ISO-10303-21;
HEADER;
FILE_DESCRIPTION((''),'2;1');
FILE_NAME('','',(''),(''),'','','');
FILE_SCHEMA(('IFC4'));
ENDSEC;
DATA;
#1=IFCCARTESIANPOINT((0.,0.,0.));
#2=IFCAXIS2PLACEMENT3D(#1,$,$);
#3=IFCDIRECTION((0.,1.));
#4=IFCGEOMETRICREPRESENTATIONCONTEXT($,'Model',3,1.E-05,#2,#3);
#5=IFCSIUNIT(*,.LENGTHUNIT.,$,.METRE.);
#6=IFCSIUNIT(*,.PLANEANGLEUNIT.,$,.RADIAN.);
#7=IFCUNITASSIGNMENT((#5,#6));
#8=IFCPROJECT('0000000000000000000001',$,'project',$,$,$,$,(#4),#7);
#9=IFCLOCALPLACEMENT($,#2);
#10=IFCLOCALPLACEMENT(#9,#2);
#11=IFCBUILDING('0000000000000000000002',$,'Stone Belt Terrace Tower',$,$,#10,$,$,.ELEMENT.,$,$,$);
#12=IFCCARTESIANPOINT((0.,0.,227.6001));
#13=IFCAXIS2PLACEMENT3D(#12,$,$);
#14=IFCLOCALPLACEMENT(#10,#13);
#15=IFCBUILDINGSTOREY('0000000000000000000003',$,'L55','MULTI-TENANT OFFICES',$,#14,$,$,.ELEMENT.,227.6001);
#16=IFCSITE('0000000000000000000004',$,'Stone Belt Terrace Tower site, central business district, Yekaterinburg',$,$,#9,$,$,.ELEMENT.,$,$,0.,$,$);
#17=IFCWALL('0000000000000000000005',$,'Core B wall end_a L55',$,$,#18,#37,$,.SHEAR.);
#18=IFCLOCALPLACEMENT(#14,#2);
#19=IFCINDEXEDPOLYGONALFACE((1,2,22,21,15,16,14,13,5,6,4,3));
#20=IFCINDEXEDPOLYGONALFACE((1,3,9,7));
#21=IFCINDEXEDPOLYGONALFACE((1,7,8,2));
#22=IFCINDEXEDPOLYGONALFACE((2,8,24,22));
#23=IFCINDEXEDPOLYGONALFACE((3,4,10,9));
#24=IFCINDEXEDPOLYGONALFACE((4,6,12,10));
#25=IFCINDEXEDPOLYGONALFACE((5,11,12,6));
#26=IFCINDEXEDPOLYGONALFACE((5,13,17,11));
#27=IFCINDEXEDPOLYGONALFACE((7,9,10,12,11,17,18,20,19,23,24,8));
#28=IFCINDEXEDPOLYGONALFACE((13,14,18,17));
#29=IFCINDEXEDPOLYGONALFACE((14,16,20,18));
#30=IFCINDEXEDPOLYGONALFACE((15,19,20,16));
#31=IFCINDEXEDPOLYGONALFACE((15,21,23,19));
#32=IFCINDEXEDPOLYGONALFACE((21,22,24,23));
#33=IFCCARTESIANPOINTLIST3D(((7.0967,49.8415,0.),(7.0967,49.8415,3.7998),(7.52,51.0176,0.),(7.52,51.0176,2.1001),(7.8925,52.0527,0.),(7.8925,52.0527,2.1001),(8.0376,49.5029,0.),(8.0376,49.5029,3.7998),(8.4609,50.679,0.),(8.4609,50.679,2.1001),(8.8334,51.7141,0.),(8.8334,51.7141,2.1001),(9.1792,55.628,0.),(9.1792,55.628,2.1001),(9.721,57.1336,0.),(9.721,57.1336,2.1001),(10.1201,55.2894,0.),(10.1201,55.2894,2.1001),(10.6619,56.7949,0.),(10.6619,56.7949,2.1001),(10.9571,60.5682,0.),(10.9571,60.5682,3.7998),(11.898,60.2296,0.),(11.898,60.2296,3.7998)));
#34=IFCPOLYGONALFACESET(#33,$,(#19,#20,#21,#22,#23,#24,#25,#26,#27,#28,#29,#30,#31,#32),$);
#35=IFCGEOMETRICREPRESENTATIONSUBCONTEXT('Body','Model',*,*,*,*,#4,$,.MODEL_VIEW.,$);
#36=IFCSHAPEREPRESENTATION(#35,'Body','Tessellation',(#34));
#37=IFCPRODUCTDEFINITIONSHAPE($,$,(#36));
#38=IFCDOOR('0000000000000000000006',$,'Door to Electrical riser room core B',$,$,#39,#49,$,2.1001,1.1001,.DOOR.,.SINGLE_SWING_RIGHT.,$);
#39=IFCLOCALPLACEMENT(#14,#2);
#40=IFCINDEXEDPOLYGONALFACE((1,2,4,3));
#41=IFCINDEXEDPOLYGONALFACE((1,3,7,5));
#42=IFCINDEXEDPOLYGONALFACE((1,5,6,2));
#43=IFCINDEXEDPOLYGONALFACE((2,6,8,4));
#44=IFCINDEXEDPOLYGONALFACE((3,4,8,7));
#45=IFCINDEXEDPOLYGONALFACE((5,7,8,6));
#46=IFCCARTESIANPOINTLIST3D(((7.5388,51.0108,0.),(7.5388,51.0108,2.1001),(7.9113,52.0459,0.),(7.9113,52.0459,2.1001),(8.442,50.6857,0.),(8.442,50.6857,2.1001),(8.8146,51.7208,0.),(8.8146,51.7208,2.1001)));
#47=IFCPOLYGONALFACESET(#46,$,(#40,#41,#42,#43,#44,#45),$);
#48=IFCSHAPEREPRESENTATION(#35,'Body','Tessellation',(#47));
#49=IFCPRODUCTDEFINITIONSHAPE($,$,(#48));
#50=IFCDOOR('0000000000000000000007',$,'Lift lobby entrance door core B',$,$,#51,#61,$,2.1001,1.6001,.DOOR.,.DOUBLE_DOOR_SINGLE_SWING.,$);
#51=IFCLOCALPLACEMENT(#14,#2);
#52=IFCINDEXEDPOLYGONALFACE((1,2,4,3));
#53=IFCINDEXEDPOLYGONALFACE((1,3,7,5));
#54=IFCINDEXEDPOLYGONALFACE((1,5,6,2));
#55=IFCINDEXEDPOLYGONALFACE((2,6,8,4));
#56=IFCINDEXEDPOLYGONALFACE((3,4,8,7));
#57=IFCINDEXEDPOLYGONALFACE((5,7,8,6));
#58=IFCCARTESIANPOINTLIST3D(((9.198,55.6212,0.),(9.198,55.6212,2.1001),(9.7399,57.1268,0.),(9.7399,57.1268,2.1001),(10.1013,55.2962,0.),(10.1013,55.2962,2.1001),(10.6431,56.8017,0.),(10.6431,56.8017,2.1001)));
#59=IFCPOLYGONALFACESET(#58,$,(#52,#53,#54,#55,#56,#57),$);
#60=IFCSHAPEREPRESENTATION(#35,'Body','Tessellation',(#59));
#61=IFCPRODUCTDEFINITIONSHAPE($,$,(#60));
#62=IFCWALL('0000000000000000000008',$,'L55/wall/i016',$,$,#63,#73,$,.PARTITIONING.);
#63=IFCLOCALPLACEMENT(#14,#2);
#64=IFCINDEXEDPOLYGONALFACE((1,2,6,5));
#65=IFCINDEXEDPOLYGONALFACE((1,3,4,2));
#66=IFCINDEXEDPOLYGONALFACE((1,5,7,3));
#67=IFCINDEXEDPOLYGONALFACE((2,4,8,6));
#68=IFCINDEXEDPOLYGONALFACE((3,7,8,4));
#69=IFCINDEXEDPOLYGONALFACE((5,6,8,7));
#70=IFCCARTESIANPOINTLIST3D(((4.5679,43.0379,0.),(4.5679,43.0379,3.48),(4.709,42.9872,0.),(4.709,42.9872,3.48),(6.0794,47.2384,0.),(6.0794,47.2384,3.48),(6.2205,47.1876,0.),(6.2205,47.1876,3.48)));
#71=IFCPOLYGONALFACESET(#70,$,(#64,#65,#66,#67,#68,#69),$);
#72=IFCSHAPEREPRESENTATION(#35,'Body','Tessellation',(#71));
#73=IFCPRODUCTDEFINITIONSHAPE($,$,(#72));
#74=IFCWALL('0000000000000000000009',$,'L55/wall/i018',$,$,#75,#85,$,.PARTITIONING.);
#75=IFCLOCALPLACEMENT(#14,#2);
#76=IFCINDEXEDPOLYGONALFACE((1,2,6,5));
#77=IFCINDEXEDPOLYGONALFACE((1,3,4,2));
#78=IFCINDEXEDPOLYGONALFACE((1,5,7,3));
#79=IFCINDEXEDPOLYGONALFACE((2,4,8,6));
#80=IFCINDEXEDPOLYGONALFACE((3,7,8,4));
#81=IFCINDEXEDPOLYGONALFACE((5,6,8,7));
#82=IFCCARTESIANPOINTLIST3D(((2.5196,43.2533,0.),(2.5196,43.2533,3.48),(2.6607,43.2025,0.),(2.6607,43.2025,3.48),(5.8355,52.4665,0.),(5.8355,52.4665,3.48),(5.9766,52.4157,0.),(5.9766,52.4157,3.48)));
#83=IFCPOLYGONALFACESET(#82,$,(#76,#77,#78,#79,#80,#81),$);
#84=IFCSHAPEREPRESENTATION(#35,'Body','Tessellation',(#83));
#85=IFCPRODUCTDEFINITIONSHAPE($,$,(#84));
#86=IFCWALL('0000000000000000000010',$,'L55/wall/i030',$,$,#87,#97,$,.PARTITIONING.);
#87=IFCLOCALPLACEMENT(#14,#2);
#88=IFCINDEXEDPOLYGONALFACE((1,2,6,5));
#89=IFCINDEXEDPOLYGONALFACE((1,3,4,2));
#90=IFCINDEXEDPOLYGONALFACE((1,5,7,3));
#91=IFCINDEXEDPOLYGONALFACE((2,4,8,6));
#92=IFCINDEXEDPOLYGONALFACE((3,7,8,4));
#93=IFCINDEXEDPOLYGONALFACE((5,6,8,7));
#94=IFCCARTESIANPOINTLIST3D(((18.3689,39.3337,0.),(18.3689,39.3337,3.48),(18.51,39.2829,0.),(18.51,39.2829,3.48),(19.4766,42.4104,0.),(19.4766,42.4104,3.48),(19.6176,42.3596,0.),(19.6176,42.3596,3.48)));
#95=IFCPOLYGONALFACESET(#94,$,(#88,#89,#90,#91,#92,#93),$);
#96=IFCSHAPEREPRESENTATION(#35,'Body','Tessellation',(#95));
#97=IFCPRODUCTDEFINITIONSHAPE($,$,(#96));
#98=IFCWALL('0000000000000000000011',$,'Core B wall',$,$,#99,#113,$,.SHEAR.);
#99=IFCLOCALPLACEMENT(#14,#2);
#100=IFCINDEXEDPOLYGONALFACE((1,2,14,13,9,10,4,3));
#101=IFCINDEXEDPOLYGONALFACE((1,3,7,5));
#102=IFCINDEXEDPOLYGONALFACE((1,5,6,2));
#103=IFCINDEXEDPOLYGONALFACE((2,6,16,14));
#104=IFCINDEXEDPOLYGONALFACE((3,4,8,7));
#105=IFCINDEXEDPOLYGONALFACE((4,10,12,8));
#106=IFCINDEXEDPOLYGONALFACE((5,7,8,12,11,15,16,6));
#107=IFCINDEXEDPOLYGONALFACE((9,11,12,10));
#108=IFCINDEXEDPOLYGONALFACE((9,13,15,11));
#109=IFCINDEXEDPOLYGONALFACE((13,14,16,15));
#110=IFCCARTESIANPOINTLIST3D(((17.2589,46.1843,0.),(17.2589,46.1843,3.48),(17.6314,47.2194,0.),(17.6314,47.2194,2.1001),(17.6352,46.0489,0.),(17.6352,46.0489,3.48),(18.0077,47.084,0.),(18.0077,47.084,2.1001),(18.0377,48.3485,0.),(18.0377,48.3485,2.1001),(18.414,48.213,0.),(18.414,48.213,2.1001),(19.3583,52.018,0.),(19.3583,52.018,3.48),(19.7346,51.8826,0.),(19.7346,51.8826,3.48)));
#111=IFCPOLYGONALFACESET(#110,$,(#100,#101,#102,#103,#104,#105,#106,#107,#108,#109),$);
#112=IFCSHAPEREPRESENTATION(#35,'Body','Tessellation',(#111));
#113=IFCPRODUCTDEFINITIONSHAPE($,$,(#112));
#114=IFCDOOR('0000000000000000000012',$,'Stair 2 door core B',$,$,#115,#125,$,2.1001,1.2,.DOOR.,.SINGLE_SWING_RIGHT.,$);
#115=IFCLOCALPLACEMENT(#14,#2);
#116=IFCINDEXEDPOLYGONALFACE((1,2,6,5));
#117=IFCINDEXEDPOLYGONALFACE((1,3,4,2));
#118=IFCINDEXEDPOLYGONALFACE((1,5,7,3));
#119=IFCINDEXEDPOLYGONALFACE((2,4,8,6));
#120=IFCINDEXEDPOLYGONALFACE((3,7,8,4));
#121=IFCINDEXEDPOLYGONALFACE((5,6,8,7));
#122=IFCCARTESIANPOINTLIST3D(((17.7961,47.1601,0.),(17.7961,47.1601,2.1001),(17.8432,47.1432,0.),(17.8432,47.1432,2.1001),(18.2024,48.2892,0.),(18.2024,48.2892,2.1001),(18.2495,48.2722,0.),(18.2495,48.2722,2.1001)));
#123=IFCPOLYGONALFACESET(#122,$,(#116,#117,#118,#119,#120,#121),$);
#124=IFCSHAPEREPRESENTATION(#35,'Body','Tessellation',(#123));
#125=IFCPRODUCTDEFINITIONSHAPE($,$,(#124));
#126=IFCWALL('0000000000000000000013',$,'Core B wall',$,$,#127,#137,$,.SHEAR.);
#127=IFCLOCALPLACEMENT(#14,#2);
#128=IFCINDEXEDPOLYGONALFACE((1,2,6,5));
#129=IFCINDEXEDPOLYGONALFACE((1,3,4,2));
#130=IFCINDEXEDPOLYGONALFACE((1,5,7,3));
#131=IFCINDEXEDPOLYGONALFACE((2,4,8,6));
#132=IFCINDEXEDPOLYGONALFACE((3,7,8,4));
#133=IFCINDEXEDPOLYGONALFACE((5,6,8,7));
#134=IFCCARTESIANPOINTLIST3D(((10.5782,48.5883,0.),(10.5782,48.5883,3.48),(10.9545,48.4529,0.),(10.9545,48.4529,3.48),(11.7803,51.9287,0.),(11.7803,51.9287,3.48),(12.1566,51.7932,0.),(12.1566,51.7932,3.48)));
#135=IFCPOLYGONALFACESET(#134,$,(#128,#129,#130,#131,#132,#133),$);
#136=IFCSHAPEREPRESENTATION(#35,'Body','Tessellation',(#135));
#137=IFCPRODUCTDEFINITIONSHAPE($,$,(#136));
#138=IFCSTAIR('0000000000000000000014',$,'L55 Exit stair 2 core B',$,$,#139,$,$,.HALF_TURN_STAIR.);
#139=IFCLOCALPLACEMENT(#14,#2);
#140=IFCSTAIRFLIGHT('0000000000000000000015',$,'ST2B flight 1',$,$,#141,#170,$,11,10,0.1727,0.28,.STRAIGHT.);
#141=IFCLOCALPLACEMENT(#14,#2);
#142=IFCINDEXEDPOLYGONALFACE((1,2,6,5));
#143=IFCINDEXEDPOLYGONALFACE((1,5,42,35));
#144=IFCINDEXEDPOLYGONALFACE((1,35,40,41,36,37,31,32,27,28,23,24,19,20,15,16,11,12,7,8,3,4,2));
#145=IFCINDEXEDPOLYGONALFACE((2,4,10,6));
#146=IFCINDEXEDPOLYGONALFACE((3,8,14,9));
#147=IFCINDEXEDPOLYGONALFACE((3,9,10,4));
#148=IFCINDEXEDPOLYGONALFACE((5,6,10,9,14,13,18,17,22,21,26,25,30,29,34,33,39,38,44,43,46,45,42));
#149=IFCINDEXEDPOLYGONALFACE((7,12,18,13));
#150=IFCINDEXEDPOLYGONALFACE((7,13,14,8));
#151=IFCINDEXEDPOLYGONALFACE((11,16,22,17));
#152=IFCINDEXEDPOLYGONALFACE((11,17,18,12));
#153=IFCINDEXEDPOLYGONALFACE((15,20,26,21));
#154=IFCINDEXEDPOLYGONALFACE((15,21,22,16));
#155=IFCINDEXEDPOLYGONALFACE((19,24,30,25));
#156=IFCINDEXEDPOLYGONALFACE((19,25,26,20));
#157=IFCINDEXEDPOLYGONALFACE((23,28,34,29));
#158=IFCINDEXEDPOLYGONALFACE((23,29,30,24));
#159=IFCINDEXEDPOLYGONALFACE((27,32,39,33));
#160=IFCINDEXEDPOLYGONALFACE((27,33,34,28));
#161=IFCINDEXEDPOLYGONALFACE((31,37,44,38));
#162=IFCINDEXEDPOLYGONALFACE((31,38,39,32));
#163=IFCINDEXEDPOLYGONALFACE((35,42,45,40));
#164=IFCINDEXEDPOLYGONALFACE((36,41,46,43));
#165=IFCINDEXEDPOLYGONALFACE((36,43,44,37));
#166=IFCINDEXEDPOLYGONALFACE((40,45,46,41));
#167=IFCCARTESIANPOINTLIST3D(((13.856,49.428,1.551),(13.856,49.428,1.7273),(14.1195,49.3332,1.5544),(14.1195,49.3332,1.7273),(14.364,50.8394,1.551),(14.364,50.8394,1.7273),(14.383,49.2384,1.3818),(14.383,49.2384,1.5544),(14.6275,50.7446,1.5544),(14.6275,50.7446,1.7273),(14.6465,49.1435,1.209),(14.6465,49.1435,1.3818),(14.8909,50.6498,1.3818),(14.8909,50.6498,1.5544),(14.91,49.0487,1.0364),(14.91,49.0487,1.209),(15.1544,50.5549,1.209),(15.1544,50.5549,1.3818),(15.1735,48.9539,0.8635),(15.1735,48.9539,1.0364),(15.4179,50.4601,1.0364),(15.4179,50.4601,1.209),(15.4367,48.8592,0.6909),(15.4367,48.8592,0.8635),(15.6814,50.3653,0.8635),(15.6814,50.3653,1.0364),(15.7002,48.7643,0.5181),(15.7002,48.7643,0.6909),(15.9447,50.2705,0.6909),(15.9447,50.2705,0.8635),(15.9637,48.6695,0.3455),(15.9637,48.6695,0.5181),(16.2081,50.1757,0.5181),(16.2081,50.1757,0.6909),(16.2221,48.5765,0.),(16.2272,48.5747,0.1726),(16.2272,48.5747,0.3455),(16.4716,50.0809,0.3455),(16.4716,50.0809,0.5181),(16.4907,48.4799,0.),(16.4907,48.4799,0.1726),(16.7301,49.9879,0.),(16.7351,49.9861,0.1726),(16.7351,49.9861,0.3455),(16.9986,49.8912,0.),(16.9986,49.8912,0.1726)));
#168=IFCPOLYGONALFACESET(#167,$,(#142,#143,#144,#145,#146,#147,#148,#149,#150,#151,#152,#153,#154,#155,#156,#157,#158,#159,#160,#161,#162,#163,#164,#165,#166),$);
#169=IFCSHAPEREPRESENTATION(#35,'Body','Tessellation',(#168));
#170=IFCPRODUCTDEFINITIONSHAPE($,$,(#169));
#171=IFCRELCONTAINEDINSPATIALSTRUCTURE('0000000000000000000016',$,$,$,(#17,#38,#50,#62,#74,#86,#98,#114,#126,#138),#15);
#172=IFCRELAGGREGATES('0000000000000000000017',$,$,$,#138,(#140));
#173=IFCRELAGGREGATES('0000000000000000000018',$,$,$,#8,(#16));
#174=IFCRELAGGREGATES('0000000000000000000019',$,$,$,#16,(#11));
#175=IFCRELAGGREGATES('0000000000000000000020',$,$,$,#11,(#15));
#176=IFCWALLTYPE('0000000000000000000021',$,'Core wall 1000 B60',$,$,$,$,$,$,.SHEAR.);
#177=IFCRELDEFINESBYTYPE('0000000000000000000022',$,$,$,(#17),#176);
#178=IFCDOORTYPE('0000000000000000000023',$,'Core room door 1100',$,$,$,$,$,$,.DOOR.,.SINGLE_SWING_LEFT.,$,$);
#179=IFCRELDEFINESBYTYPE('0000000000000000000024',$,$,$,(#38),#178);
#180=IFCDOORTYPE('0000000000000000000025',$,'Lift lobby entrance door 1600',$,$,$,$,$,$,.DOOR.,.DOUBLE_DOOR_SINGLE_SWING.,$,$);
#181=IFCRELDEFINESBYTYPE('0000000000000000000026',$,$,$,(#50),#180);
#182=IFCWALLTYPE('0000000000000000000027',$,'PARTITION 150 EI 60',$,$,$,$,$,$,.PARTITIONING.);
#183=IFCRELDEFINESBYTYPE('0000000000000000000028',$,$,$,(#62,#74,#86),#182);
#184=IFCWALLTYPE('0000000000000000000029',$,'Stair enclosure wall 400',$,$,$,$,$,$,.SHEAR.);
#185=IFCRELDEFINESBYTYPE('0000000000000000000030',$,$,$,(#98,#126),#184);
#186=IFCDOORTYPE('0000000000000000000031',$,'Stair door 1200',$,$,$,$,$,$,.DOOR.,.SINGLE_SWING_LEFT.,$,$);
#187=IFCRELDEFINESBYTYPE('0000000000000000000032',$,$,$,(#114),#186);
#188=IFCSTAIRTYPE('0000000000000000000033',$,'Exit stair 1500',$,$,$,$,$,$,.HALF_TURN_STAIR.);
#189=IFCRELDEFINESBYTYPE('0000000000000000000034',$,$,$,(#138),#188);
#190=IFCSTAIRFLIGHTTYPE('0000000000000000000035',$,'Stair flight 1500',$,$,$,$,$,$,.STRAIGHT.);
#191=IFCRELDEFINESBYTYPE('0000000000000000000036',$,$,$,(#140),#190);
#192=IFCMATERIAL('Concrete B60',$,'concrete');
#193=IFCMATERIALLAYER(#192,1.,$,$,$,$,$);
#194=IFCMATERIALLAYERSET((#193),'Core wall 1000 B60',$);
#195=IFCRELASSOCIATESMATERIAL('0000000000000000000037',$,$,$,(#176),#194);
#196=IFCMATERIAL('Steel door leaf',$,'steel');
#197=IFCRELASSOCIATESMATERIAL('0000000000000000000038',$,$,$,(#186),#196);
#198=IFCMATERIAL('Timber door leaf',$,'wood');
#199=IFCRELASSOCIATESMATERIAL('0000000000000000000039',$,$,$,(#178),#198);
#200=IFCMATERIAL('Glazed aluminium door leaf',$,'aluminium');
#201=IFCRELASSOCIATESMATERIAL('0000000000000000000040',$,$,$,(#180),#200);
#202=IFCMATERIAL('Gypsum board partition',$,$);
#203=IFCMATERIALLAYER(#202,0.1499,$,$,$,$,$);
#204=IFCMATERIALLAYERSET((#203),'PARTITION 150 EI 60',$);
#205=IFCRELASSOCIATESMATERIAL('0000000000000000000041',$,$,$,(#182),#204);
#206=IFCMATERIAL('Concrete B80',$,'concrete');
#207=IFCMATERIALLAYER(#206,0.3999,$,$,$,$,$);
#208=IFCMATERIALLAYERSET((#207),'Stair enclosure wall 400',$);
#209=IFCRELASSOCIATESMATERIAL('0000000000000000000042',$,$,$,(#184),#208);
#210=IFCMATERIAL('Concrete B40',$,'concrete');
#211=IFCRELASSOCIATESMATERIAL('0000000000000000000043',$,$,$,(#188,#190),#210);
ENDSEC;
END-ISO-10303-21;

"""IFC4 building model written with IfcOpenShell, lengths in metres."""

from ifc_helpers import new_model, si_unit, direction, frame, frame_2d, origin, place, context, subcontext, project, spatial, polyline, rectangle, outline, extrude, material, layer, layer_set, type_object, element, fill, aggregate, save


model = new_model("IFC4")

# Units and contexts
model_context = context("Model", 3, precision=1e-05, world=origin(), true_north=direction((0.0, 1.0)))
body_context = subcontext(model_context, "Body", "Model", "MODEL_VIEW")
ifc_project = project(units=[si_unit("LENGTHUNIT", "METRE"), si_unit("PLANEANGLEUNIT", "RADIAN")], contexts=[model_context])

# Site, building, storey
site_placement = place(None, origin())
site = spatial("IfcSite", under=ifc_project, at=site_placement, Name="Stone Belt Terrace Tower site, central business district, Yekaterinburg", CompositionType="ELEMENT", RefElevation=0.0)
building_placement = place(site_placement, origin())
building = spatial("IfcBuilding", under=site, at=building_placement, Name="Stone Belt Terrace Tower", CompositionType="ELEMENT")
storey_placement = place(building_placement, frame((0.0, 0.0, 227.6001)))
storey = spatial("IfcBuildingStorey", under=building, at=storey_placement, Name="L55", Description="MULTI-TENANT OFFICES", CompositionType="ELEMENT", Elevation=227.6001)

# Shared definitions
ifc_material_1 = material(Name="Concrete B60", Category="concrete")

# Wall, openings, doors
ifc_layer_1 = layer(ifc_material_1, 1.0)
ifc_layer_set_1 = layer_set([ifc_layer_1], Name="Core wall 1000 B60")
wall_type_1 = type_object("IfcWallType", Name="Core wall 1000 B60", PredefinedType="SHEAR", material=ifc_layer_set_1)
ifc_material_2 = material(Name="Steel door leaf", Category="steel")
door_type_1 = type_object("IfcDoorType", Name="Stair door 1200", OperationType="SINGLE_SWING_LEFT", PredefinedType="DOOR", material=ifc_material_2)
wall_1_placement = place(storey_placement, frame((7.5671, 49.6721, 0.0), z_axis=(0.0, 0.0, 1.0), x_axis=(0.338625, 0.940921, 0.0)))
wall_1 = element("IfcWall", 1, at=wall_1_placement, inside=storey, type_object=wall_type_1, Name="Core B wall end_a L55", PredefinedType="SHEAR", context=body_context, shape_type="SweptSolid", body=[
    extrude(rectangle(XDim=11.4001, YDim=1.0, at=frame_2d((5.7002, 0.0))), origin(), (0.0, 0.0, 1.0), 3.7998),
])
opening_1_placement = place(wall_1_placement, frame((6.1499, 0.0, 0.0)))
opening_1 = element("IfcOpeningElement", 2, at=opening_1_placement, cuts=wall_1, PredefinedType="OPENING", context=body_context, shape_type="SweptSolid", body=[
    extrude(rectangle(XDim=1.6001, YDim=2.1001, at=frame_2d((0.8, 1.05))), frame((0.0, 0.51, 0.0), z_axis=(0.0, -1.0, 0.0), x_axis=(1.0, 0.0, 0.0)), (0.0, 0.0, 1.0), 1.02),
])
opening_2_placement = place(wall_1_placement, frame((1.25, 0.0, 0.0)))
opening_2 = element("IfcOpeningElement", 3, at=opening_2_placement, cuts=wall_1, PredefinedType="OPENING", context=body_context, shape_type="SweptSolid", body=[
    extrude(rectangle(XDim=1.1001, YDim=2.1001, at=frame_2d((0.55, 1.05))), frame((0.0, 0.51, 0.0), z_axis=(0.0, -1.0, 0.0), x_axis=(1.0, 0.0, 0.0)), (0.0, 0.0, 1.0), 1.02),
])
ifc_material_3 = material(Name="Timber door leaf", Category="wood")
door_type_2 = type_object("IfcDoorType", Name="Core room door 1100", OperationType="SINGLE_SWING_LEFT", PredefinedType="DOOR", material=ifc_material_3)
door_1_placement = place(opening_2_placement, origin())
door_1 = element("IfcDoor", 4, at=door_1_placement, inside=storey, type_object=door_type_2, Name="Door to Electrical riser room core B", OperationType="SINGLE_SWING_RIGHT", OverallHeight=2.1001, OverallWidth=1.1001, PredefinedType="DOOR", context=body_context, shape_type="SweptSolid", body=[
    extrude(rectangle(XDim=1.1001, YDim=2.1001, at=frame_2d((0.55, 1.05))), frame((0.0, 0.48, 0.0), z_axis=(0.0, -1.0, 0.0), x_axis=(1.0, 0.0, 0.0)), (0.0, 0.0, 1.0), 0.96),
])
fill(opening_2, door_1)
ifc_material_4 = material(Name="Glazed aluminium door leaf", Category="aluminium")
door_type_3 = type_object("IfcDoorType", Name="Lift lobby entrance door 1600", OperationType="DOUBLE_DOOR_SINGLE_SWING", PredefinedType="DOOR", material=ifc_material_4)
door_2_placement = place(opening_1_placement, origin())
door_2 = element("IfcDoor", 5, at=door_2_placement, inside=storey, type_object=door_type_3, Name="Lift lobby entrance door core B", OperationType="DOUBLE_DOOR_SINGLE_SWING", OverallHeight=2.1001, OverallWidth=1.6001, PredefinedType="DOOR", context=body_context, shape_type="SweptSolid", body=[
    extrude(rectangle(XDim=1.6001, YDim=2.1001, at=frame_2d((0.8, 1.05))), frame((0.0, 0.48, 0.0), z_axis=(0.0, -1.0, 0.0), x_axis=(1.0, 0.0, 0.0)), (0.0, 0.0, 1.0), 0.96),
])
fill(opening_1, door_2)

# Walls
ifc_material_5 = material(Name="Gypsum board partition")
ifc_layer_2 = layer(ifc_material_5, 0.1499)
ifc_layer_set_2 = layer_set([ifc_layer_2], Name="PARTITION 150 EI 60")
wall_type_2 = type_object("IfcWallType", Name="PARTITION 150 EI 60", PredefinedType="PARTITIONING", material=ifc_layer_set_2)
wall_2_placement = place(storey_placement, frame((6.1499, 47.2129, 0.0), z_axis=(0.0, 0.0, 1.0), x_axis=(-0.338584, -0.940936, 0.0)))
element("IfcWall", 6, at=wall_2_placement, inside=storey, type_object=wall_type_2, Name="L55/wall/i016", PredefinedType="PARTITIONING", context=body_context, shape_type="SweptSolid", body=[
    extrude(rectangle(XDim=4.4641, YDim=0.1499, at=frame_2d((2.2319, 0.0))), origin(), (0.0, 0.0, 1.0), 3.48),
])
wall_3_placement = place(storey_placement, frame((2.5901, 43.2278, 0.0), z_axis=(0.0, 0.0, 1.0), x_axis=(0.338646, 0.940914, 0.0)))
element("IfcWall", 7, at=wall_3_placement, inside=storey, type_object=wall_type_2, Name="L55/wall/i018", PredefinedType="PARTITIONING", context=body_context, shape_type="SweptSolid", body=[
    extrude(rectangle(XDim=9.7917, YDim=0.1499, at=frame_2d((4.896, 0.0))), origin(), (0.0, 0.0, 1.0), 3.48),
])
wall_4_placement = place(storey_placement, frame((19.5471, 42.385, 0.0), z_axis=(0.0, 0.0, 1.0), x_axis=(-0.338738, -0.940881, 0.0)))
element("IfcWall", 8, at=wall_4_placement, inside=storey, type_object=wall_type_2, Name="L55/wall/i030", PredefinedType="PARTITIONING", context=body_context, shape_type="SweptSolid", body=[
    extrude(rectangle(XDim=3.27, YDim=0.1499, at=frame_2d((1.635, 0.0))), origin(), (0.0, 0.0, 1.0), 3.48),
])

# Wall, opening, door
ifc_material_6 = material(Name="Concrete B80", Category="concrete")
ifc_layer_3 = layer(ifc_material_6, 0.3999)
ifc_layer_set_3 = layer_set([ifc_layer_3], Name="Stair enclosure wall 400")
wall_type_3 = type_object("IfcWallType", Name="Stair enclosure wall 400", PredefinedType="SHEAR", material=ifc_layer_set_3)
wall_5_placement = place(storey_placement, frame((17.447, 46.1165, 0.0), z_axis=(0.0, 0.0, 1.0), x_axis=(0.338608, 0.940928, 0.0)))
wall_5 = element("IfcWall", 9, at=wall_5_placement, inside=storey, type_object=wall_type_3, Name="Core B wall", PredefinedType="SHEAR", context=body_context, shape_type="SweptSolid", body=[
    extrude(rectangle(XDim=6.2, YDim=0.3999, at=frame_2d((3.1001, 0.0))), origin(), (0.0, 0.0, 1.0), 3.48),
])
opening_3_placement = place(wall_5_placement, frame((1.1001, 0.0, 0.0)))
opening_3 = element("IfcOpeningElement", 10, at=opening_3_placement, cuts=wall_5, PredefinedType="OPENING", context=body_context, shape_type="SweptSolid", body=[
    extrude(rectangle(XDim=1.2, YDim=2.1001, at=frame_2d((0.6001, 1.05))), frame((0.0, 0.21, 0.0), z_axis=(0.0, -1.0, 0.0), x_axis=(1.0, 0.0, 0.0)), (0.0, 0.0, 1.0), 0.4199),
])
door_3_placement = place(opening_3_placement, origin())
door_3 = element("IfcDoor", 11, at=door_3_placement, inside=storey, type_object=door_type_1, Name="Stair 2 door core B", OperationType="SINGLE_SWING_RIGHT", OverallHeight=2.1001, OverallWidth=1.2, PredefinedType="DOOR", context=body_context, shape_type="SweptSolid", body=[
    extrude(rectangle(XDim=1.2, YDim=2.1001, at=frame_2d((0.6001, 1.05))), frame((0.0, 0.0249, 0.0), z_axis=(0.0, -1.0, 0.0), x_axis=(1.0, 0.0, 0.0)), (0.0, 0.0, 1.0), 0.05),
])
fill(opening_3, door_3)

# Wall
wall_6_placement = place(storey_placement, frame((10.7664, 48.5208, 0.0), z_axis=(0.0, 0.0, 1.0), x_axis=(0.338627, 0.940921, 0.0)))
element("IfcWall", 12, at=wall_6_placement, inside=storey, type_object=wall_type_3, Name="Core B wall", PredefinedType="SHEAR", context=body_context, shape_type="SweptSolid", body=[
    extrude(rectangle(XDim=3.55, YDim=0.3999, at=frame_2d((1.7749, 0.0))), origin(), (0.0, 0.0, 1.0), 3.48),
])

# Stair, stair flight
ifc_material_7 = material(Name="Concrete B40", Category="concrete")
stair_type = type_object("IfcStairType", Name="Exit stair 1500", PredefinedType="HALF_TURN_STAIR", material=ifc_material_7)
stair_placement = place(storey_placement, origin())
stair = element("IfcStair", 13, at=stair_placement, inside=storey, type_object=stair_type, Name="L55 Exit stair 2 core B", PredefinedType="HALF_TURN_STAIR")
stair_flight_type = type_object("IfcStairFlightType", Name="Stair flight 1500", PredefinedType="STRAIGHT", material=ifc_material_7)
stair_flight_1_placement = place(storey_placement, frame((16.7446, 49.1855, 0.0), z_axis=(0.0, 0.0, 1.0), x_axis=(-0.940922, 0.338624, 0.0)))
stair_flight_1 = element("IfcStairFlight", 14, at=stair_flight_1_placement, type_object=stair_flight_type, Name="ST2B flight 1", NumberOfRisers=11, NumberOfTreads=10, PredefinedType="STRAIGHT", RiserHeight=0.1727, TreadLength=0.28, context=body_context, shape_type="SweptSolid", body=[
    extrude(outline(polyline([(0.0, 0.0), (0.0, 0.1726), (0.28, 0.1726), (0.28, 0.3455), (0.5601, 0.3455), (0.5601, 0.5181), (0.8401, 0.5181), (0.8401, 0.6909), (1.1201, 0.6909), (1.1201, 0.8635), (1.3999, 0.8635), (1.3999, 1.0364), (1.6799, 1.0364), (1.6799, 1.209), (1.96, 1.209), (1.96, 1.3818), (2.24, 1.3818), (2.24, 1.5544), (2.52, 1.5544), (2.52, 1.7273), (2.8, 1.7273), (2.8, 1.8999), (2.8, 1.551), (0.2854, 0.0), (0.0, 0.0)])), frame((0.0, 0.75, 0.0), z_axis=(0.0, -1.0, 0.0), x_axis=(1.0, 0.0, 0.0)), (0.0, 0.0, 1.0), 1.5),
])
aggregate(stair, [stair_flight_1])

save(model, "model.ifc")
